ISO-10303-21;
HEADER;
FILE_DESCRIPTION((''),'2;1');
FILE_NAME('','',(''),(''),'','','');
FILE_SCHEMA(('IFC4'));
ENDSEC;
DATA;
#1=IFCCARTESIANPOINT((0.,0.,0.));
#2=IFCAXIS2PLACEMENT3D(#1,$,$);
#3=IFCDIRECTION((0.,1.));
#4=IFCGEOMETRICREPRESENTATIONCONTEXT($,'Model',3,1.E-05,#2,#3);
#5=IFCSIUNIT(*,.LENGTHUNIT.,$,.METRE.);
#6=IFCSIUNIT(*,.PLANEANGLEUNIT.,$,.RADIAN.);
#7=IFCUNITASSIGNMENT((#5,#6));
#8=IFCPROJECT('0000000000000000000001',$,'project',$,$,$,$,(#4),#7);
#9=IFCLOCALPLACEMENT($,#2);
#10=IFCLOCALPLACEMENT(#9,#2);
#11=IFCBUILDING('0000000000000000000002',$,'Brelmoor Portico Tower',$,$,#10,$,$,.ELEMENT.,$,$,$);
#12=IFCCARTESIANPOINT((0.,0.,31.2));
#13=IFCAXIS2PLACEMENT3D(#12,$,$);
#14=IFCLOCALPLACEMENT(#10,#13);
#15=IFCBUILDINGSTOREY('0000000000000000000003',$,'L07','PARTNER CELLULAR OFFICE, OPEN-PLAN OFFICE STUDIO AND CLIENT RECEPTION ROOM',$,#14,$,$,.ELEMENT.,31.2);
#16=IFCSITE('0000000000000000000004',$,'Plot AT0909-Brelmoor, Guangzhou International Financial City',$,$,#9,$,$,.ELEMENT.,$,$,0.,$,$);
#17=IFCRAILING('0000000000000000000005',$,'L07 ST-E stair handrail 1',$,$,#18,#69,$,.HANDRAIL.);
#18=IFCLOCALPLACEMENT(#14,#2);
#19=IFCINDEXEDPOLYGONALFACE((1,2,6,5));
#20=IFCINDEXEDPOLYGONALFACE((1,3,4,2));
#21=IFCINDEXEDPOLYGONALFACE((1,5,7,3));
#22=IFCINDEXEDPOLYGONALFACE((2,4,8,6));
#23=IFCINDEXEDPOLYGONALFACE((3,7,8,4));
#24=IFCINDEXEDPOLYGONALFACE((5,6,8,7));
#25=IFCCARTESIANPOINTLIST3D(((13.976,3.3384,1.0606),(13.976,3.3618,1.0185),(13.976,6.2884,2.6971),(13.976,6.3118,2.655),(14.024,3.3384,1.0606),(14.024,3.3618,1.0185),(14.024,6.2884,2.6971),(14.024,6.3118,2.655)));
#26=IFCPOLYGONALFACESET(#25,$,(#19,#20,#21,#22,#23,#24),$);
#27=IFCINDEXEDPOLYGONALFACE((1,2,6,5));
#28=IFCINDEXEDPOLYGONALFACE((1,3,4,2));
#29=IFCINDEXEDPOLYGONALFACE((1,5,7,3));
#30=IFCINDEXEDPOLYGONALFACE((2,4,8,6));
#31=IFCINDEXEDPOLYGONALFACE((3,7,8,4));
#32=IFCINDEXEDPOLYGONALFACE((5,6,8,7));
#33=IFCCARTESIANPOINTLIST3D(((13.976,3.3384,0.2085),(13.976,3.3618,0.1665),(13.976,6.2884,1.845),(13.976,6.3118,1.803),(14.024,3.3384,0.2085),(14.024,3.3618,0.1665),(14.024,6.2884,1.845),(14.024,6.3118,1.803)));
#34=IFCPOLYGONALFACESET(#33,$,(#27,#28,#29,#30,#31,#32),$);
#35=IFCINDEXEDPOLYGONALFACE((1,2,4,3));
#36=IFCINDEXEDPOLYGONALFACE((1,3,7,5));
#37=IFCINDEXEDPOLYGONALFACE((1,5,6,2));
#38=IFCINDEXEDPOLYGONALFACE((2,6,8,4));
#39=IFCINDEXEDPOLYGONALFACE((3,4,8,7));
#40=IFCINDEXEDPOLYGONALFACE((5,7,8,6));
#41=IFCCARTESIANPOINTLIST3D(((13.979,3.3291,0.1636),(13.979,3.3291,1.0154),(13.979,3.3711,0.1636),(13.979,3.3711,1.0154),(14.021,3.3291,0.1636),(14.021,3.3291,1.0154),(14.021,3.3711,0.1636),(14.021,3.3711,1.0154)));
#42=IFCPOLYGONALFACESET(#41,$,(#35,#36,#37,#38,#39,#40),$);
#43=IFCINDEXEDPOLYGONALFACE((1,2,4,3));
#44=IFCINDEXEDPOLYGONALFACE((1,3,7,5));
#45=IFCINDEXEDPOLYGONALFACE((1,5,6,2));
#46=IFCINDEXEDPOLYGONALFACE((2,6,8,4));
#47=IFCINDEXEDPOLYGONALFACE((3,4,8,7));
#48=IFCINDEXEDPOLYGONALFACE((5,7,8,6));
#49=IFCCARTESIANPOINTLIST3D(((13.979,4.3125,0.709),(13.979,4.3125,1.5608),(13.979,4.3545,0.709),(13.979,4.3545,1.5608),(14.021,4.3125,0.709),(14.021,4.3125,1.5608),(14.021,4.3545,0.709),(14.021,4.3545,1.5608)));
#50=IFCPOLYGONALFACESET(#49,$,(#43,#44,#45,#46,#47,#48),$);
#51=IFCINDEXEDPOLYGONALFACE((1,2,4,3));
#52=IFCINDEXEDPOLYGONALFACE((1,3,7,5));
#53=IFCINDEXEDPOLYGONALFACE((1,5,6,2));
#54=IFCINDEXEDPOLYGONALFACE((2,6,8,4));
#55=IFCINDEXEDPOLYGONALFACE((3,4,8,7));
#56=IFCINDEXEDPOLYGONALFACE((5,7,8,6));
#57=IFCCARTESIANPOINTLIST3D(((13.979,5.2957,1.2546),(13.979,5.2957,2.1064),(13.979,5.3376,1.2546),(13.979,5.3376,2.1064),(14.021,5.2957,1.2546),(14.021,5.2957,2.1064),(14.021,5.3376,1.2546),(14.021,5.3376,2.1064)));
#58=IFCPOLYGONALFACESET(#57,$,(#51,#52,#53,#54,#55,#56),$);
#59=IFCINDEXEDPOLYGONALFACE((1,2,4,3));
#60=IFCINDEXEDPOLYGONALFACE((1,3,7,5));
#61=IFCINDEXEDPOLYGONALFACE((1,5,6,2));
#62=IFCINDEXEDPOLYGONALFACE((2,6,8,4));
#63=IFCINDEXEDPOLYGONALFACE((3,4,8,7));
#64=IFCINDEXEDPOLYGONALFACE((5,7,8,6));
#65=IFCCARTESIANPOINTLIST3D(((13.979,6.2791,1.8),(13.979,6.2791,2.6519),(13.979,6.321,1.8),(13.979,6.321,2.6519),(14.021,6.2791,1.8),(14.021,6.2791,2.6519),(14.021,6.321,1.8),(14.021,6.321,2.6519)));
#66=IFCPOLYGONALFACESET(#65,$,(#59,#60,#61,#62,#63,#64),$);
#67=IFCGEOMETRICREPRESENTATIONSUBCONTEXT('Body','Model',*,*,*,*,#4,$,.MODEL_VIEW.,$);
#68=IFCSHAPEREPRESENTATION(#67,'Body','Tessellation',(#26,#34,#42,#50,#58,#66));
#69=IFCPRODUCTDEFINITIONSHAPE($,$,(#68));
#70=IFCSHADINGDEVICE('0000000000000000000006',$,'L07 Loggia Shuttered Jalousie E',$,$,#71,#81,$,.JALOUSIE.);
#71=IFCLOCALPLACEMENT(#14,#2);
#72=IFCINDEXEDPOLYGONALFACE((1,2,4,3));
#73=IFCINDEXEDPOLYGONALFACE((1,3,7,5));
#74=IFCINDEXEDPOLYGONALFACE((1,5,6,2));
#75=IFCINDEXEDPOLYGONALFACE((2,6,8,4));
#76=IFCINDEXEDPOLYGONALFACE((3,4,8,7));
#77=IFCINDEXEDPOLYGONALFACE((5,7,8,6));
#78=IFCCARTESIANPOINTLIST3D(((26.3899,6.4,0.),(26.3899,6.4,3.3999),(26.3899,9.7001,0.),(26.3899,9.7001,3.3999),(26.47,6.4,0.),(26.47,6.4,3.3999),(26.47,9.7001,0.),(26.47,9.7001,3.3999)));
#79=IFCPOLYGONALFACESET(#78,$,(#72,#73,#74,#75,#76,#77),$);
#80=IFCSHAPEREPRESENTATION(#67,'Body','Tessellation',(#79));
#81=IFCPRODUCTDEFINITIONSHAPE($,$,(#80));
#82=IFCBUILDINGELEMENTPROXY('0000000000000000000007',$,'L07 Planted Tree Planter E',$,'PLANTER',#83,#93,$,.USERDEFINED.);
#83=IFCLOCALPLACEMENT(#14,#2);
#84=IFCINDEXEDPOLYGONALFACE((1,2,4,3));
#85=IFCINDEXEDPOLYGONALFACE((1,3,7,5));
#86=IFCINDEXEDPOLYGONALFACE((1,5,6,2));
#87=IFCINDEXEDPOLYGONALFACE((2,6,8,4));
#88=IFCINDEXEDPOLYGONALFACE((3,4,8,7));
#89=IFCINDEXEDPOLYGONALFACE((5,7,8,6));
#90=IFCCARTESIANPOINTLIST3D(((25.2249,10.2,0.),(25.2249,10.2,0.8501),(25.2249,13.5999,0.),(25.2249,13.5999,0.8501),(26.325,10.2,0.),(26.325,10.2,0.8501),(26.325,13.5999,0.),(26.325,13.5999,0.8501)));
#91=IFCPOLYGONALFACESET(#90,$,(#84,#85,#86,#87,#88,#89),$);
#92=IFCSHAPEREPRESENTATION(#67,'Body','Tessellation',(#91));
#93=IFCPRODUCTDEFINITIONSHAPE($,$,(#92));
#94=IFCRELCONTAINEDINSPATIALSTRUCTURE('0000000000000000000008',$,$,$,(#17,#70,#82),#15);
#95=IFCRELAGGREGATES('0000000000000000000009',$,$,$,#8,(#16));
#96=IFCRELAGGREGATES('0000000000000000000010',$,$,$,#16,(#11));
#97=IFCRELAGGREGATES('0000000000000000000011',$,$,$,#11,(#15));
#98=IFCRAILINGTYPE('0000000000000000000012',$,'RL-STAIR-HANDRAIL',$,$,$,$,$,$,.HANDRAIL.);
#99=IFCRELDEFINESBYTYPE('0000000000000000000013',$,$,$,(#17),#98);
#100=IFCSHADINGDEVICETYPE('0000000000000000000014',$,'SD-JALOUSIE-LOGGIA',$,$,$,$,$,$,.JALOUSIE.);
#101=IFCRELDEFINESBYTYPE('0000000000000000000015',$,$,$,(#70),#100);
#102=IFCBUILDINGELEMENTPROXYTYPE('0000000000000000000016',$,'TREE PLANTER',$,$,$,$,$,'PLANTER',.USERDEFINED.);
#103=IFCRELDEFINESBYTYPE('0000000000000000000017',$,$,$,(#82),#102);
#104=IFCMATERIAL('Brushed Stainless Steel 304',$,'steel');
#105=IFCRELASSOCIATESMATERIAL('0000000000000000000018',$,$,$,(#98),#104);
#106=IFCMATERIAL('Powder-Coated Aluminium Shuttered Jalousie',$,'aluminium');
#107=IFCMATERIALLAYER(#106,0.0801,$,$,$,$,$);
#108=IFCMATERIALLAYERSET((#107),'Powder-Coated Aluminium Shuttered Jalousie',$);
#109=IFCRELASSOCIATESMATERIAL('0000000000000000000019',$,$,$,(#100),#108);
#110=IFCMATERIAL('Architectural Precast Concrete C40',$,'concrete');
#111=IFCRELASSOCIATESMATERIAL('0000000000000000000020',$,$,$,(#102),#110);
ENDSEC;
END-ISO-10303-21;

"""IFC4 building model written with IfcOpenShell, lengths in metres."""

from ifc_helpers import new_model, si_unit, direction, frame, origin, origin_2d, place, context, subcontext, project, spatial, rectangle, extrude, material, layer, layer_set, type_object, element, save


model = new_model("IFC4")

# Units and contexts
model_context = context("Model", 3, precision=1e-05, world=origin(), true_north=direction((0.0, 1.0)))
body_context = subcontext(model_context, "Body", "Model", "MODEL_VIEW")
ifc_project = project(units=[si_unit("LENGTHUNIT", "METRE"), si_unit("PLANEANGLEUNIT", "RADIAN")], contexts=[model_context])

# Site, building, storey
site_placement = place(None, origin())
site = spatial("IfcSite", under=ifc_project, at=site_placement, Name="Plot AT0909-Brelmoor, Guangzhou International Financial City", CompositionType="ELEMENT", RefElevation=0.0)
building_placement = place(site_placement, origin())
building = spatial("IfcBuilding", under=site, at=building_placement, Name="Brelmoor Portico Tower", CompositionType="ELEMENT")
storey_placement = place(building_placement, frame((0.0, 0.0, 31.2)))
storey = spatial("IfcBuildingStorey", under=building, at=storey_placement, Name="L07", Description="PARTNER CELLULAR OFFICE, OPEN-PLAN OFFICE STUDIO AND CLIENT RECEPTION ROOM", CompositionType="ELEMENT", Elevation=31.2)

# Railing
ifc_material_1 = material(Name="Brushed Stainless Steel 304", Category="steel")
railing_type_1 = type_object("IfcRailingType", Name="RL-STAIR-HANDRAIL", PredefinedType="HANDRAIL", material=ifc_material_1)
railing_1_placement = place(storey_placement, frame((14.0, 3.3501, 0.1636)))
element("IfcRailing", 1, at=railing_1_placement, inside=storey, type_object=railing_type_1, Name="L07 ST-E stair handrail 1", PredefinedType="HANDRAIL", context=body_context, shape_type="SweptSolid", body=[
    extrude(rectangle(XDim=0.0481, YDim=0.0481, at=origin_2d()), frame((0.0, 0.0, 0.876), z_axis=(0.0, 0.874458, 0.485102), x_axis=(-1.0, 0.0, 0.0)), (0.0, 0.0, 1.0), 3.3735),
    extrude(rectangle(XDim=0.0481, YDim=0.0481, at=origin_2d()), frame((0.0, 0.0, 0.0239), z_axis=(0.0, 0.874458, 0.485102), x_axis=(-1.0, 0.0, 0.0)), (0.0, 0.0, 1.0), 3.3735),
    extrude(rectangle(XDim=0.042, YDim=0.042, at=origin_2d()), origin(), (0.0, 0.0, 1.0), 0.8518),
    extrude(rectangle(XDim=0.042, YDim=0.042, at=origin_2d()), frame((0.0, 0.9834, 0.5454)), (0.0, 0.0, 1.0), 0.8518),
    extrude(rectangle(XDim=0.042, YDim=0.042, at=origin_2d()), frame((0.0, 1.9666, 1.0911)), (0.0, 0.0, 1.0), 0.8518),
    extrude(rectangle(XDim=0.042, YDim=0.042, at=origin_2d()), frame((0.0, 2.95, 1.6365)), (0.0, 0.0, 1.0), 0.8518),
])

# Shading device
ifc_material_2 = material(Name="Powder-Coated Aluminium Shuttered Jalousie", Category="aluminium")
ifc_layer_1 = layer(ifc_material_2, 0.0801)
ifc_layer_set_1 = layer_set([ifc_layer_1], Name="Powder-Coated Aluminium Shuttered Jalousie")
shading_device_type = type_object("IfcShadingDeviceType", Name="SD-JALOUSIE-LOGGIA", PredefinedType="JALOUSIE", material=ifc_layer_set_1)
shading_device_placement = place(storey_placement, frame((26.4299, 8.05, 0.0), z_axis=(0.0, 0.0, 1.0), x_axis=(0.0, 1.0, 0.0)))
element("IfcShadingDevice", 2, at=shading_device_placement, inside=storey, type_object=shading_device_type, Name="L07 Loggia Shuttered Jalousie E", PredefinedType="JALOUSIE", context=body_context, shape_type="SweptSolid", body=[
    extrude(rectangle(XDim=3.3, YDim=0.0801, at=origin_2d()), origin(), (0.0, 0.0, 1.0), 3.3999),
])

# Building element proxy
ifc_material_3 = material(Name="Architectural Precast Concrete C40", Category="concrete")
building_element_proxy_type = type_object("IfcBuildingElementProxyType", Name="TREE PLANTER", ElementType="PLANTER", PredefinedType="USERDEFINED", material=ifc_material_3)
proxy_placement = place(storey_placement, frame((25.7749, 11.8999, 0.0), z_axis=(0.0, 0.0, 1.0), x_axis=(0.0, 1.0, 0.0)))
element("IfcBuildingElementProxy", 3, at=proxy_placement, inside=storey, type_object=building_element_proxy_type, Name="L07 Planted Tree Planter E", ObjectType="PLANTER", PredefinedType="USERDEFINED", context=body_context, shape_type="SweptSolid", body=[
    extrude(rectangle(XDim=3.3999, YDim=1.1001, at=origin_2d()), origin(), (0.0, 0.0, 1.0), 0.8501),
])

save(model, "model.ifc")
